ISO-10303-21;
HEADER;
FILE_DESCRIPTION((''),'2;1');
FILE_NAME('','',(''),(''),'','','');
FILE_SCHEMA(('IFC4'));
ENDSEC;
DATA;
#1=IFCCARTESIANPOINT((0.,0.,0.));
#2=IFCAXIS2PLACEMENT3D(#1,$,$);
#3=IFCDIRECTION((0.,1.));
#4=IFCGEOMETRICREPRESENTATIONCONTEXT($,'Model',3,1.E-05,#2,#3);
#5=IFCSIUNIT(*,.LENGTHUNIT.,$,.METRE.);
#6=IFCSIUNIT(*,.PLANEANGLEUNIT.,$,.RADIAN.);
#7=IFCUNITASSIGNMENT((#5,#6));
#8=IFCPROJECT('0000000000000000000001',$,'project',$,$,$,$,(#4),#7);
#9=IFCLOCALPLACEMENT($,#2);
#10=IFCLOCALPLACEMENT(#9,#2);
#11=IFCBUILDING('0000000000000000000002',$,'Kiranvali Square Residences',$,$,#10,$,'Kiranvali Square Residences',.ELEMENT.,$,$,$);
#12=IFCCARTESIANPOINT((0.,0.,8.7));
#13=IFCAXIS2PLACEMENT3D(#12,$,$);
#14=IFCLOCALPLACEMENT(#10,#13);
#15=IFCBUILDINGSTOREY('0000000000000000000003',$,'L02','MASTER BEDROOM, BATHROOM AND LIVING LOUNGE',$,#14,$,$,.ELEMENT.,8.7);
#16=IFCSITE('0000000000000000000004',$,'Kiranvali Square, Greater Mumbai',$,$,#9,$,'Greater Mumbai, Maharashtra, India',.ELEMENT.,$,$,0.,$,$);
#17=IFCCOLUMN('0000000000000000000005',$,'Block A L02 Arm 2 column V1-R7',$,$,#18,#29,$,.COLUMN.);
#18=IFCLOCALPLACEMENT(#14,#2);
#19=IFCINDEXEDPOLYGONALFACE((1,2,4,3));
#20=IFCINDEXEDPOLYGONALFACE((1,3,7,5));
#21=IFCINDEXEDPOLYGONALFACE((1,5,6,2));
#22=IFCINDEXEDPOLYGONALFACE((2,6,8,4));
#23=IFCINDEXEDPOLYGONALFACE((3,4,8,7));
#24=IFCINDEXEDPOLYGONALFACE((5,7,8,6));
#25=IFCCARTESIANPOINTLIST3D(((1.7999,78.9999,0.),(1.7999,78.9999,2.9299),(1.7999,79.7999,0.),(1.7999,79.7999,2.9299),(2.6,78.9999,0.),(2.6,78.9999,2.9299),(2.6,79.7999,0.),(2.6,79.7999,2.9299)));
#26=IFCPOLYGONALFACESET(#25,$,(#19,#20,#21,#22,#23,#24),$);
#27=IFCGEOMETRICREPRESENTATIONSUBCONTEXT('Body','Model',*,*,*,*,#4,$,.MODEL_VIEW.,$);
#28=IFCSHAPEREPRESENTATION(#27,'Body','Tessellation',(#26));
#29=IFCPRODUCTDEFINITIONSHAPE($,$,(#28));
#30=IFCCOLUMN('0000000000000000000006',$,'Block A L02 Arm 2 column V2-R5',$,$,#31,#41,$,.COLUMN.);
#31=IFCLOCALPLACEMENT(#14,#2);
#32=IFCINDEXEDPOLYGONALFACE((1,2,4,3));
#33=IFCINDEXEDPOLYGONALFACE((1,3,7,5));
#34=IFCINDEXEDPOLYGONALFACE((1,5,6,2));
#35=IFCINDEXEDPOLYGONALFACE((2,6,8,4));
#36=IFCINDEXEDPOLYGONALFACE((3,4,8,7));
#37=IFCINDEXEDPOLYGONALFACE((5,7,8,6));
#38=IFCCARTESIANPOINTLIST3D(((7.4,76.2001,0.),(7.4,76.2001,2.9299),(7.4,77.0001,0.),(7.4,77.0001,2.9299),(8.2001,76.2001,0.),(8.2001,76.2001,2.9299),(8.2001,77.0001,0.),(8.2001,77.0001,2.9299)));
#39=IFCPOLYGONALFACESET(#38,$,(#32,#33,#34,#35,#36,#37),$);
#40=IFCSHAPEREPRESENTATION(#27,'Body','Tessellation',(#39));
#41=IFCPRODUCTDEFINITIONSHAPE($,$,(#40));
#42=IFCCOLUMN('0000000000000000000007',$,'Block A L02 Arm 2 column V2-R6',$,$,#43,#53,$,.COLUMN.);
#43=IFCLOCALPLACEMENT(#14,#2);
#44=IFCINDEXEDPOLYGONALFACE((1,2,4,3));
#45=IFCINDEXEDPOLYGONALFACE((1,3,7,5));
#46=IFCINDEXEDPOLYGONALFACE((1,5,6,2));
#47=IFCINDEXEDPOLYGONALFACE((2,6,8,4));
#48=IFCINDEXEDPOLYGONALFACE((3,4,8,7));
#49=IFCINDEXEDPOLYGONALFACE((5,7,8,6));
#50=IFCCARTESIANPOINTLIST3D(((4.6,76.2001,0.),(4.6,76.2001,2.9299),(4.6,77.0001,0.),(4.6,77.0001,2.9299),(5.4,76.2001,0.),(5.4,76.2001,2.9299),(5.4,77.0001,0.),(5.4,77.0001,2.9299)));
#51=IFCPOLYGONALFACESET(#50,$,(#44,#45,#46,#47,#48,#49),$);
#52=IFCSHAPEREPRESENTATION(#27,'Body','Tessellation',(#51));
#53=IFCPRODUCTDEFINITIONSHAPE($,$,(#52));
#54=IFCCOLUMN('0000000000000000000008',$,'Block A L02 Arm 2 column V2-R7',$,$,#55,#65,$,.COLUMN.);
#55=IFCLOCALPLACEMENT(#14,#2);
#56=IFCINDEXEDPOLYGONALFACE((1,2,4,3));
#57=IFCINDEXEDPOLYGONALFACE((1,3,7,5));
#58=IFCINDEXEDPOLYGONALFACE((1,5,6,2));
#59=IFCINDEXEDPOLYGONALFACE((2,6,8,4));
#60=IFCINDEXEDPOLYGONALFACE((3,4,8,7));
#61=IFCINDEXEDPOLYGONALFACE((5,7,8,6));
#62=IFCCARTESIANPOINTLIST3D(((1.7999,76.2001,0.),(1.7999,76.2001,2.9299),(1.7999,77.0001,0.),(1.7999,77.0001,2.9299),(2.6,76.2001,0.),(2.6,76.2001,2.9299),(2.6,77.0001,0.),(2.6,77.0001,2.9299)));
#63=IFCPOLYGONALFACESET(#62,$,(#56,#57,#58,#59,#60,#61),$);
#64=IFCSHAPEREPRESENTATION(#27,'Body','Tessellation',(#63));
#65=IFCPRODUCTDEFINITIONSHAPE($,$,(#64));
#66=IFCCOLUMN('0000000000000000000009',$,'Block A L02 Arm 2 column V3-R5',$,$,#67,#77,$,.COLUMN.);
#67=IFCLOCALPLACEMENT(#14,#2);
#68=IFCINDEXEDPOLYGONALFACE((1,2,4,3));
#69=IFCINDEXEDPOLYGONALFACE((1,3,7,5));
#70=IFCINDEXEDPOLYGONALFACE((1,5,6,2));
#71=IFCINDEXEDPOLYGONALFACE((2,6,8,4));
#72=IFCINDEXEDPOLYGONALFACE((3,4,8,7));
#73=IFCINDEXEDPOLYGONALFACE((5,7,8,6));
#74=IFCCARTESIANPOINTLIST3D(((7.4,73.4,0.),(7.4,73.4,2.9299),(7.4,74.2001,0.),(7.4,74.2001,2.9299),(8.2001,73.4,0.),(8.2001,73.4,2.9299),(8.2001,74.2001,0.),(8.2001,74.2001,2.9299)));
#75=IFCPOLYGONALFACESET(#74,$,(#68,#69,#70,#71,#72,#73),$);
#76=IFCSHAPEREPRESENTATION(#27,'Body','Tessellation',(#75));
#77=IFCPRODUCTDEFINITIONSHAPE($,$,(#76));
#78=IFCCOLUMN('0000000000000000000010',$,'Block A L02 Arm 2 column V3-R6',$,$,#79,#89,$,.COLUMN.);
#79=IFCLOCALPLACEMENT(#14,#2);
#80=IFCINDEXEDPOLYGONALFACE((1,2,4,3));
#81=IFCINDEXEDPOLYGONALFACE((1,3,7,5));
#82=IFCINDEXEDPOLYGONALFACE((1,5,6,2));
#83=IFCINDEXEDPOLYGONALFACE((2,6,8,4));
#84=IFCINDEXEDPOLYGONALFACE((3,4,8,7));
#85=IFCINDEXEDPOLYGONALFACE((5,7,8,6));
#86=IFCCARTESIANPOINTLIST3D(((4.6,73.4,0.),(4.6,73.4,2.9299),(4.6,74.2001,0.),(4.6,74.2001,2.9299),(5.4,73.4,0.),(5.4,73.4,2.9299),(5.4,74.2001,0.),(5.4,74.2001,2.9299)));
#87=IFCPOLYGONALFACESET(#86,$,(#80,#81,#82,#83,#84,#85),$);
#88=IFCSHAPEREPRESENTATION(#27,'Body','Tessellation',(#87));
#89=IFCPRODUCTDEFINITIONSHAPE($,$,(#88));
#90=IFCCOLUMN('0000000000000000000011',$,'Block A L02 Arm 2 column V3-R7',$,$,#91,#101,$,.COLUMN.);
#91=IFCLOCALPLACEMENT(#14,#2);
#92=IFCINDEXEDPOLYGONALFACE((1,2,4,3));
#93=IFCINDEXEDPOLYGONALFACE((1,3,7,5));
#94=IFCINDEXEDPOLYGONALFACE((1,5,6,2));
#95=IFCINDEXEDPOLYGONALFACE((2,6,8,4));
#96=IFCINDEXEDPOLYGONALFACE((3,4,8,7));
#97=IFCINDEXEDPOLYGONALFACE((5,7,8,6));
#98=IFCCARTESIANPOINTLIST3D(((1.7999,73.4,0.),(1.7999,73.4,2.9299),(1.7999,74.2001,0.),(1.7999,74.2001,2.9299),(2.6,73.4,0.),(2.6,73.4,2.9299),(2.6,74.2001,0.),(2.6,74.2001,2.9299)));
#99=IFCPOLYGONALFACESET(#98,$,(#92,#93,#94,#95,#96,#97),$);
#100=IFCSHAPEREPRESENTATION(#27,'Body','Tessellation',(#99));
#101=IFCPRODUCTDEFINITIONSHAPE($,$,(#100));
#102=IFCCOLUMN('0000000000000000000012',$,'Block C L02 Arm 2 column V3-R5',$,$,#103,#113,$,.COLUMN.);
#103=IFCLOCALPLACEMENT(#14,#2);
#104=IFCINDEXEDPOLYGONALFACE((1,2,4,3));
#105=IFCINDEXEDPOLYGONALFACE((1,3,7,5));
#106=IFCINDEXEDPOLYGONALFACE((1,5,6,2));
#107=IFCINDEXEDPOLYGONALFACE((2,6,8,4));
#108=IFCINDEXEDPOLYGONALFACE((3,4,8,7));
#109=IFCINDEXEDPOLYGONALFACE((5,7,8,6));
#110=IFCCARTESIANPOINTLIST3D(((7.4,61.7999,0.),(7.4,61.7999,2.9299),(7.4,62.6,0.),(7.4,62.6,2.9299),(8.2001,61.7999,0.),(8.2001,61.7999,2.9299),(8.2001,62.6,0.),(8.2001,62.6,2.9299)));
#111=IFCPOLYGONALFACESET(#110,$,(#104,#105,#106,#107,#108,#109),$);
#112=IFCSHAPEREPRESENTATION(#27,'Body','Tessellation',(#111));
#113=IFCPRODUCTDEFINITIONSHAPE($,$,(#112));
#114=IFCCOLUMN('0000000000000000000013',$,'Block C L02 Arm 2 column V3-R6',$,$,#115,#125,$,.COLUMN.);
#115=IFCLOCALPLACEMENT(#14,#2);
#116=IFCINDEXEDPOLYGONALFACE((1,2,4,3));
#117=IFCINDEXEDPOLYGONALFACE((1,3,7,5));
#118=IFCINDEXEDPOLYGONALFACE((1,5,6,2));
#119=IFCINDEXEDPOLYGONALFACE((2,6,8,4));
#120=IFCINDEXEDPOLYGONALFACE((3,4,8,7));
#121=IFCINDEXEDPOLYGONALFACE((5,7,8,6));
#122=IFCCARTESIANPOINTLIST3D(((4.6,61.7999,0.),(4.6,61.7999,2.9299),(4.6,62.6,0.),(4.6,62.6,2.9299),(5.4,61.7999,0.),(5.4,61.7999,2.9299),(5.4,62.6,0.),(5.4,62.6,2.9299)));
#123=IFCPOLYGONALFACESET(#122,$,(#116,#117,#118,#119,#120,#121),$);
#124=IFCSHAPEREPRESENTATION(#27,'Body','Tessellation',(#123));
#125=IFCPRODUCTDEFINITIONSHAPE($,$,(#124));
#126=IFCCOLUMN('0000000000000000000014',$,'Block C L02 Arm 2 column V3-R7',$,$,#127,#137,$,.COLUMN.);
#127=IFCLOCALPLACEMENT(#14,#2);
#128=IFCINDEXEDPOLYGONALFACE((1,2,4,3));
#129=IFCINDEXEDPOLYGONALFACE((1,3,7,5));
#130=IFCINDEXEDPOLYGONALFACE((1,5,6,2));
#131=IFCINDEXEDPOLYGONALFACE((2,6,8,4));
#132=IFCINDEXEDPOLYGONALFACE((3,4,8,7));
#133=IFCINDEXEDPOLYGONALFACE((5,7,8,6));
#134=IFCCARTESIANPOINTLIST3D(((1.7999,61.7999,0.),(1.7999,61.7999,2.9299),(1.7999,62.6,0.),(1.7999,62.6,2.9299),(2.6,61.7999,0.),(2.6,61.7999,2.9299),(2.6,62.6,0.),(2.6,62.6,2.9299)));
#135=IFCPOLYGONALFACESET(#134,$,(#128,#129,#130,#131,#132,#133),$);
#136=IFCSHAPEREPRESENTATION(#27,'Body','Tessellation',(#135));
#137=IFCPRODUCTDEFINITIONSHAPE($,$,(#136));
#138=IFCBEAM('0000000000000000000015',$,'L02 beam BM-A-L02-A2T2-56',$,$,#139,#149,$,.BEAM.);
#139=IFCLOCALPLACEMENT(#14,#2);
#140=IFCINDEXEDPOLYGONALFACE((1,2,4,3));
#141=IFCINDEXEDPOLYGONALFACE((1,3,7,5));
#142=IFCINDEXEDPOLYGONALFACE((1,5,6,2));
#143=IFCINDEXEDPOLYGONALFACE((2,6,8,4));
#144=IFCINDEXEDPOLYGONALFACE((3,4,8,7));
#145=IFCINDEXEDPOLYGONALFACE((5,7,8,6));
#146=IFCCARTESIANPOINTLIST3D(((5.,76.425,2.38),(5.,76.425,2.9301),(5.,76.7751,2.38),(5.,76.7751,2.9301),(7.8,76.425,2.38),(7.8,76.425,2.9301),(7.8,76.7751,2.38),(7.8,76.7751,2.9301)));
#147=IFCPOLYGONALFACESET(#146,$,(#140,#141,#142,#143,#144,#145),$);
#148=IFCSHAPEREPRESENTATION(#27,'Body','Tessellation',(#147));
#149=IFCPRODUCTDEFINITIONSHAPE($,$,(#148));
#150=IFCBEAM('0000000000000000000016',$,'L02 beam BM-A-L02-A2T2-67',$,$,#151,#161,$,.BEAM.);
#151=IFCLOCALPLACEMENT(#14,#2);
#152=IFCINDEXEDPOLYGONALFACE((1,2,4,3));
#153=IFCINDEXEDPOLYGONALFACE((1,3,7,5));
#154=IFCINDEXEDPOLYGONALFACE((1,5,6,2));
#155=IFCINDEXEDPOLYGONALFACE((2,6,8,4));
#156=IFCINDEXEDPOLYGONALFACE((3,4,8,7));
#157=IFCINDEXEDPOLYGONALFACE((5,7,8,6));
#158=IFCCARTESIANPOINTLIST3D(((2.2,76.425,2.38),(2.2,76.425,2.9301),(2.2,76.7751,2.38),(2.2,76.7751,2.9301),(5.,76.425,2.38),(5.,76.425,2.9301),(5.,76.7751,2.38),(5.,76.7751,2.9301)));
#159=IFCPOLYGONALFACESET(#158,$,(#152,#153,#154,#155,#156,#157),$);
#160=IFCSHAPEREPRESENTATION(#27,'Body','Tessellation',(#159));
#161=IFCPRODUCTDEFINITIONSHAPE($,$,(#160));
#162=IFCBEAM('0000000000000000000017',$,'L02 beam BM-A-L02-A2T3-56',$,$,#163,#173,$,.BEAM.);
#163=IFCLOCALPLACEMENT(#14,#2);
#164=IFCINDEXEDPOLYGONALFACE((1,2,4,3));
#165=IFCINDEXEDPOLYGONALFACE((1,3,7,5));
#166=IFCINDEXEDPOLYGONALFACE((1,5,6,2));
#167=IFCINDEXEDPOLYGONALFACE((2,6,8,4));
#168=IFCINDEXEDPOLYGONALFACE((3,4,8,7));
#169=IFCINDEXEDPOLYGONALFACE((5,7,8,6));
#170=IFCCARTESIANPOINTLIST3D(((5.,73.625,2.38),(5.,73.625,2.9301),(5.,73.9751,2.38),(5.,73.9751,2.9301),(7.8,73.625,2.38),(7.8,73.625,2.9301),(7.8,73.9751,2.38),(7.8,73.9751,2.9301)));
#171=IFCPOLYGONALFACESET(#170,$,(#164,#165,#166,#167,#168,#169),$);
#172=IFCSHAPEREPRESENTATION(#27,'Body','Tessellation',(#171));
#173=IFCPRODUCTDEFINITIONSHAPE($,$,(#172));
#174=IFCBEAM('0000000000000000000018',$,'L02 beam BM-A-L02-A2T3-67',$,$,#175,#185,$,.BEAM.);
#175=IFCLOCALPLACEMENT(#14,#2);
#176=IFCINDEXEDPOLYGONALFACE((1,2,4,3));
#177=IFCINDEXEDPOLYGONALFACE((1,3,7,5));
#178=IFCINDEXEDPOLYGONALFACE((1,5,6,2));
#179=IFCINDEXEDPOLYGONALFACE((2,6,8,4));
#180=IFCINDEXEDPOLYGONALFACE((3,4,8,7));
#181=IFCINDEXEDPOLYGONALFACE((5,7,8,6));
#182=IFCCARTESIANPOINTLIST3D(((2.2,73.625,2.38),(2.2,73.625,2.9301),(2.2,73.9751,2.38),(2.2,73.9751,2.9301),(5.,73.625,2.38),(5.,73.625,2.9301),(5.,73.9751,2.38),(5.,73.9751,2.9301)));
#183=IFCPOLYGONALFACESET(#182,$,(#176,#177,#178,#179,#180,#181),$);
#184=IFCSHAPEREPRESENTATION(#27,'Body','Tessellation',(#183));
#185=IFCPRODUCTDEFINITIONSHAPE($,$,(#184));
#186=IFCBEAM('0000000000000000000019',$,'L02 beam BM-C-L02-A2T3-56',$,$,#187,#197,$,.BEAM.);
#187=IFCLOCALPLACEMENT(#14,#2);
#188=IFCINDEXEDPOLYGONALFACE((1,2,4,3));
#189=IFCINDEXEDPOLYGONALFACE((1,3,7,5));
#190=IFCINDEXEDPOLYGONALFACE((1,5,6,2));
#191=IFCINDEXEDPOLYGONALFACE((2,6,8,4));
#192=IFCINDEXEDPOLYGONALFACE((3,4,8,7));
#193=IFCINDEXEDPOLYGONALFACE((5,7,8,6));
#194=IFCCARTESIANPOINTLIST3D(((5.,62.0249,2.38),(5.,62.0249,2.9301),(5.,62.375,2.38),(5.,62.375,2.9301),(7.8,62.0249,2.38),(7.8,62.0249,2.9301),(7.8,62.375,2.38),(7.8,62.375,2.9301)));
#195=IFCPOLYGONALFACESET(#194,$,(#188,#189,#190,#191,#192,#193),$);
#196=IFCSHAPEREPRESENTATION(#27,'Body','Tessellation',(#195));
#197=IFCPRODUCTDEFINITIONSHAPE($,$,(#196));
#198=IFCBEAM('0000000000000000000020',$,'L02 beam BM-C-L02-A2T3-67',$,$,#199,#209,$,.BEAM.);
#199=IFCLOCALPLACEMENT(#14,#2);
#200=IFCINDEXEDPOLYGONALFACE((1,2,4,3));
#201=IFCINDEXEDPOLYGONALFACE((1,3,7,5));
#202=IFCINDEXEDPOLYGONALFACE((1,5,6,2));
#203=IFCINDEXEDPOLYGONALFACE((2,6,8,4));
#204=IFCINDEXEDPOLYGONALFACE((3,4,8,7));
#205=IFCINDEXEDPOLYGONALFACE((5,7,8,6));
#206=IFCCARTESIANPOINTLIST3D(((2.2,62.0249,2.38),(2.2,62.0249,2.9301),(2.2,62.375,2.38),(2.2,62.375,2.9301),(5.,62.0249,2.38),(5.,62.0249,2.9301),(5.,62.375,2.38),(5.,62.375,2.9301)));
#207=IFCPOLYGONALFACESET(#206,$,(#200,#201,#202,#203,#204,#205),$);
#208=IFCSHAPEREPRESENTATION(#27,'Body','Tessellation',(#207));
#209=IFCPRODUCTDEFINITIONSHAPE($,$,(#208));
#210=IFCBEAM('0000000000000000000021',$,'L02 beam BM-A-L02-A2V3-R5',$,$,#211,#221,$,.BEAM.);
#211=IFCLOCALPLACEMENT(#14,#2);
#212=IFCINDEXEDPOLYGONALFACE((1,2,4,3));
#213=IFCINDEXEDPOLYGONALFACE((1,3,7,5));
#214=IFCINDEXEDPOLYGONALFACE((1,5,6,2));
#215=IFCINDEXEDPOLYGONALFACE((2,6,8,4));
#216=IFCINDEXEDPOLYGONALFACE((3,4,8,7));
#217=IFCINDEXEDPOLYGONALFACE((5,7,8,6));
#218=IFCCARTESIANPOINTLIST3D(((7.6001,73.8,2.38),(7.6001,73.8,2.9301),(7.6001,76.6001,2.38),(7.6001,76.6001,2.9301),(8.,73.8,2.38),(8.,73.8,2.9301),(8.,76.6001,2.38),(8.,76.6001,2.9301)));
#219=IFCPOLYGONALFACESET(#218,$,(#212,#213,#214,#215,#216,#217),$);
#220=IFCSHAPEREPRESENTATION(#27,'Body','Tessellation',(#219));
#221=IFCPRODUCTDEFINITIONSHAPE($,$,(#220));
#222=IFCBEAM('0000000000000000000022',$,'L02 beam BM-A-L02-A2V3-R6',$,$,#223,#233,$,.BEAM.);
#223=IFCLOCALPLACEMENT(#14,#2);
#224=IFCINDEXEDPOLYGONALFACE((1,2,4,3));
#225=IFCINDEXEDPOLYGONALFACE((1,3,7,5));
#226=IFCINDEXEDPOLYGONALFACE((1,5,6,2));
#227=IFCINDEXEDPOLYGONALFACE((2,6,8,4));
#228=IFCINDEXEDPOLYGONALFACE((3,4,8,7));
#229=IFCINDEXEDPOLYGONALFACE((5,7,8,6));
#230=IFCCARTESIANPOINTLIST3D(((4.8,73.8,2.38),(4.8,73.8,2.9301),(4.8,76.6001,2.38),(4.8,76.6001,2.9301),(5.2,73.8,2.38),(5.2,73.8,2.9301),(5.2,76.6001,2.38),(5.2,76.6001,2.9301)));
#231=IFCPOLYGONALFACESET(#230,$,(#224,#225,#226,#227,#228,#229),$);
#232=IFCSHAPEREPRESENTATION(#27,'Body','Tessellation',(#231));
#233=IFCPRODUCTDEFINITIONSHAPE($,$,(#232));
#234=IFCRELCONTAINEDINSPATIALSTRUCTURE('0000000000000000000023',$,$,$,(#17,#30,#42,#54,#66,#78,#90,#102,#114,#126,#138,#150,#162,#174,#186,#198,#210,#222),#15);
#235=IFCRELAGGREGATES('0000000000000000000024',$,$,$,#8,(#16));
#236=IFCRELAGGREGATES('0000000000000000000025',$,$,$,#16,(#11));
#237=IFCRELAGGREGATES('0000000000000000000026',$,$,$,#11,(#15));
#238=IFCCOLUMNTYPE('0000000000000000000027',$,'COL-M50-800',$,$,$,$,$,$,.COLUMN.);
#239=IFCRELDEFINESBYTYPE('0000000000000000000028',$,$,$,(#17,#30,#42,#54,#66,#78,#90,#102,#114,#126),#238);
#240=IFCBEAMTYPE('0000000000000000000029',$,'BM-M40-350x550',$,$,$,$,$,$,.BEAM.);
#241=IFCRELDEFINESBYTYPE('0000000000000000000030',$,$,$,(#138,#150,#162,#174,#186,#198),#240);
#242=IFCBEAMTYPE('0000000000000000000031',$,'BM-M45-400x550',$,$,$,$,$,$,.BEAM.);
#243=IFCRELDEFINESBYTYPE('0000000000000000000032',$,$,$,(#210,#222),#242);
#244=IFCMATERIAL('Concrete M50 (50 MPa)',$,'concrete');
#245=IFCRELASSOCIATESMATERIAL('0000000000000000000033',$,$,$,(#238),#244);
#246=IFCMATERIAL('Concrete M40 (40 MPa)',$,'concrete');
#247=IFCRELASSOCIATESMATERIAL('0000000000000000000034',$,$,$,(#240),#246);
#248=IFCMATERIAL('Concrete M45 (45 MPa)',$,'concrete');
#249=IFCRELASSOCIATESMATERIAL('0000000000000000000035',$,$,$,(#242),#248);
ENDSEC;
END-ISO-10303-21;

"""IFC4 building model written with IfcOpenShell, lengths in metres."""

from ifc_helpers import new_model, si_unit, direction, frame, origin, origin_2d, place, context, subcontext, project, spatial, rectangle, extrude, material, material_profile, profile_set, type_object, element, save


model = new_model("IFC4")

# Units and contexts
model_context = context("Model", 3, precision=1e-05, world=origin(), true_north=direction((0.0, 1.0)))
body_context = subcontext(model_context, "Body", "Model", "MODEL_VIEW")
ifc_project = project(units=[si_unit("LENGTHUNIT", "METRE"), si_unit("PLANEANGLEUNIT", "RADIAN")], contexts=[model_context])

# Site, building, storey
site_placement = place(None, origin())
site = spatial("IfcSite", under=ifc_project, at=site_placement, Name="Kiranvali Square, Greater Mumbai", LongName="Greater Mumbai, Maharashtra, India", CompositionType="ELEMENT", RefElevation=0.0)
building_placement = place(site_placement, origin())
building = spatial("IfcBuilding", under=site, at=building_placement, Name="Kiranvali Square Residences", LongName="Kiranvali Square Residences", CompositionType="ELEMENT")
storey_placement = place(building_placement, frame((0.0, 0.0, 8.7)))
storey = spatial("IfcBuildingStorey", under=building, at=storey_placement, Name="L02", Description="MASTER BEDROOM, BATHROOM AND LIVING LOUNGE", CompositionType="ELEMENT", Elevation=8.7)

# Columns
ifc_material_1 = material(Name="Concrete M50 (50 MPa)", Category="concrete")
ifc_material_profile_1 = material_profile(ifc_material_1, rectangle(XDim=0.8, YDim=0.8, at=origin_2d()), Name="RC 800x800")
ifc_profile_set_1 = profile_set([ifc_material_profile_1], Name="Concrete M50 (50 MPa)")
column_type = type_object("IfcColumnType", Name="COL-M50-800", PredefinedType="COLUMN", material=ifc_profile_set_1)
for number, where, z_axis, x_axis, name in (
    (1, (2.2, 79.3999, 0.0), (0.0, 0.0, 1.0), (1.0, 0.0, 0.0), "Block A L02 Arm 2 column V1-R7"),
    (2, (7.8, 76.6001, 0.0), (0.0, 0.0, 1.0), (1.0, 0.0, 0.0), "Block A L02 Arm 2 column V2-R5"),
    (3, (5.0, 76.6001, 0.0), (0.0, 0.0, 1.0), (1.0, 0.0, 0.0), "Block A L02 Arm 2 column V2-R6"),
    (4, (2.2, 76.6001, 0.0), (0.0, 0.0, 1.0), (1.0, 0.0, 0.0), "Block A L02 Arm 2 column V2-R7"),
    (5, (7.8, 73.8, 0.0), (0.0, 0.0, 1.0), (1.0, 0.0, 0.0), "Block A L02 Arm 2 column V3-R5"),
    (6, (5.0, 73.8, 0.0), (0.0, 0.0, 1.0), (1.0, 0.0, 0.0), "Block A L02 Arm 2 column V3-R6"),
    (7, (2.2, 73.8, 0.0), (0.0, 0.0, 1.0), (1.0, 0.0, 0.0), "Block A L02 Arm 2 column V3-R7"),
    (8, (7.8, 62.2, 0.0), (0.0, 0.0, 1.0), (1.0, 0.0, 0.0), "Block C L02 Arm 2 column V3-R5"),
    (9, (5.0, 62.2, 0.0), (0.0, 0.0, 1.0), (1.0, 0.0, 0.0), "Block C L02 Arm 2 column V3-R6"),
    (10, (2.2, 62.2, 0.0), (0.0, 0.0, 1.0), (1.0, 0.0, 0.0), "Block C L02 Arm 2 column V3-R7"),
):
    element("IfcColumn", number, at=place(storey_placement, frame(where, z_axis=z_axis, x_axis=x_axis)), inside=storey, type_object=column_type, Name=name, PredefinedType="COLUMN", context=body_context, shape_type="SweptSolid", body=[
        extrude(rectangle(XDim=0.8, YDim=0.8, at=origin_2d()), origin(), (0.0, 0.0, 1.0), 2.9299),
    ])

# Beams
ifc_material_2 = material(Name="Concrete M40 (40 MPa)", Category="concrete")
ifc_material_profile_2 = material_profile(ifc_material_2, rectangle(XDim=0.3501, YDim=0.55, at=origin_2d()), Name="RC 350x550")
ifc_profile_set_2 = profile_set([ifc_material_profile_2], Name="Concrete M40 (40 MPa)")
beam_type_1 = type_object("IfcBeamType", Name="BM-M40-350x550", PredefinedType="BEAM", material=ifc_profile_set_2)
for number, where, z_axis, x_axis, name in (
    (11, (7.8, 76.6001, 2.655), (-1.0, 0.0, 0.0), (0.0, -1.0, 0.0), "L02 beam BM-A-L02-A2T2-56"),
    (12, (5.0, 76.6001, 2.655), (-1.0, 0.0, 0.0), (0.0, -1.0, 0.0), "L02 beam BM-A-L02-A2T2-67"),
    (13, (7.8, 73.8, 2.655), (-1.0, 0.0, 0.0), (0.0, -1.0, 0.0), "L02 beam BM-A-L02-A2T3-56"),
    (14, (5.0, 73.8, 2.655), (-1.0, 0.0, 0.0), (0.0, -1.0, 0.0), "L02 beam BM-A-L02-A2T3-67"),
    (15, (7.8, 62.2, 2.655), (-1.0, 0.0, 0.0), (0.0, -1.0, 0.0), "L02 beam BM-C-L02-A2T3-56"),
    (16, (5.0, 62.2, 2.655), (-1.0, 0.0, 0.0), (0.0, -1.0, 0.0), "L02 beam BM-C-L02-A2T3-67"),
):
    element("IfcBeam", number, at=place(storey_placement, frame(where, z_axis=z_axis, x_axis=x_axis)), inside=storey, type_object=beam_type_1, Name=name, PredefinedType="BEAM", context=body_context, shape_type="SweptSolid", body=[
        extrude(rectangle(XDim=0.3501, YDim=0.55, at=origin_2d()), origin(), (0.0, 0.0, 1.0), 2.8),
    ])
ifc_material_3 = material(Name="Concrete M45 (45 MPa)", Category="concrete")
ifc_material_profile_3 = material_profile(ifc_material_3, rectangle(XDim=0.3999, YDim=0.55, at=origin_2d()), Name="RC 400x550")
ifc_profile_set_3 = profile_set([ifc_material_profile_3], Name="Concrete M45 (45 MPa)")
beam_type_2 = type_object("IfcBeamType", Name="BM-M45-400x550", PredefinedType="BEAM", material=ifc_profile_set_3)
for number, where, z_axis, x_axis, name in (
    (17, (7.8, 76.6001, 2.655), (0.0, -1.0, 0.0), (1.0, 0.0, 0.0), "L02 beam BM-A-L02-A2V3-R5"),
    (18, (5.0, 76.6001, 2.655), (0.0, -1.0, 0.0), (1.0, 0.0, 0.0), "L02 beam BM-A-L02-A2V3-R6"),
):
    element("IfcBeam", number, at=place(storey_placement, frame(where, z_axis=z_axis, x_axis=x_axis)), inside=storey, type_object=beam_type_2, Name=name, PredefinedType="BEAM", context=body_context, shape_type="SweptSolid", body=[
        extrude(rectangle(XDim=0.3999, YDim=0.55, at=origin_2d()), origin(), (0.0, 0.0, 1.0), 2.8),
    ])

save(model, "model.ifc")
